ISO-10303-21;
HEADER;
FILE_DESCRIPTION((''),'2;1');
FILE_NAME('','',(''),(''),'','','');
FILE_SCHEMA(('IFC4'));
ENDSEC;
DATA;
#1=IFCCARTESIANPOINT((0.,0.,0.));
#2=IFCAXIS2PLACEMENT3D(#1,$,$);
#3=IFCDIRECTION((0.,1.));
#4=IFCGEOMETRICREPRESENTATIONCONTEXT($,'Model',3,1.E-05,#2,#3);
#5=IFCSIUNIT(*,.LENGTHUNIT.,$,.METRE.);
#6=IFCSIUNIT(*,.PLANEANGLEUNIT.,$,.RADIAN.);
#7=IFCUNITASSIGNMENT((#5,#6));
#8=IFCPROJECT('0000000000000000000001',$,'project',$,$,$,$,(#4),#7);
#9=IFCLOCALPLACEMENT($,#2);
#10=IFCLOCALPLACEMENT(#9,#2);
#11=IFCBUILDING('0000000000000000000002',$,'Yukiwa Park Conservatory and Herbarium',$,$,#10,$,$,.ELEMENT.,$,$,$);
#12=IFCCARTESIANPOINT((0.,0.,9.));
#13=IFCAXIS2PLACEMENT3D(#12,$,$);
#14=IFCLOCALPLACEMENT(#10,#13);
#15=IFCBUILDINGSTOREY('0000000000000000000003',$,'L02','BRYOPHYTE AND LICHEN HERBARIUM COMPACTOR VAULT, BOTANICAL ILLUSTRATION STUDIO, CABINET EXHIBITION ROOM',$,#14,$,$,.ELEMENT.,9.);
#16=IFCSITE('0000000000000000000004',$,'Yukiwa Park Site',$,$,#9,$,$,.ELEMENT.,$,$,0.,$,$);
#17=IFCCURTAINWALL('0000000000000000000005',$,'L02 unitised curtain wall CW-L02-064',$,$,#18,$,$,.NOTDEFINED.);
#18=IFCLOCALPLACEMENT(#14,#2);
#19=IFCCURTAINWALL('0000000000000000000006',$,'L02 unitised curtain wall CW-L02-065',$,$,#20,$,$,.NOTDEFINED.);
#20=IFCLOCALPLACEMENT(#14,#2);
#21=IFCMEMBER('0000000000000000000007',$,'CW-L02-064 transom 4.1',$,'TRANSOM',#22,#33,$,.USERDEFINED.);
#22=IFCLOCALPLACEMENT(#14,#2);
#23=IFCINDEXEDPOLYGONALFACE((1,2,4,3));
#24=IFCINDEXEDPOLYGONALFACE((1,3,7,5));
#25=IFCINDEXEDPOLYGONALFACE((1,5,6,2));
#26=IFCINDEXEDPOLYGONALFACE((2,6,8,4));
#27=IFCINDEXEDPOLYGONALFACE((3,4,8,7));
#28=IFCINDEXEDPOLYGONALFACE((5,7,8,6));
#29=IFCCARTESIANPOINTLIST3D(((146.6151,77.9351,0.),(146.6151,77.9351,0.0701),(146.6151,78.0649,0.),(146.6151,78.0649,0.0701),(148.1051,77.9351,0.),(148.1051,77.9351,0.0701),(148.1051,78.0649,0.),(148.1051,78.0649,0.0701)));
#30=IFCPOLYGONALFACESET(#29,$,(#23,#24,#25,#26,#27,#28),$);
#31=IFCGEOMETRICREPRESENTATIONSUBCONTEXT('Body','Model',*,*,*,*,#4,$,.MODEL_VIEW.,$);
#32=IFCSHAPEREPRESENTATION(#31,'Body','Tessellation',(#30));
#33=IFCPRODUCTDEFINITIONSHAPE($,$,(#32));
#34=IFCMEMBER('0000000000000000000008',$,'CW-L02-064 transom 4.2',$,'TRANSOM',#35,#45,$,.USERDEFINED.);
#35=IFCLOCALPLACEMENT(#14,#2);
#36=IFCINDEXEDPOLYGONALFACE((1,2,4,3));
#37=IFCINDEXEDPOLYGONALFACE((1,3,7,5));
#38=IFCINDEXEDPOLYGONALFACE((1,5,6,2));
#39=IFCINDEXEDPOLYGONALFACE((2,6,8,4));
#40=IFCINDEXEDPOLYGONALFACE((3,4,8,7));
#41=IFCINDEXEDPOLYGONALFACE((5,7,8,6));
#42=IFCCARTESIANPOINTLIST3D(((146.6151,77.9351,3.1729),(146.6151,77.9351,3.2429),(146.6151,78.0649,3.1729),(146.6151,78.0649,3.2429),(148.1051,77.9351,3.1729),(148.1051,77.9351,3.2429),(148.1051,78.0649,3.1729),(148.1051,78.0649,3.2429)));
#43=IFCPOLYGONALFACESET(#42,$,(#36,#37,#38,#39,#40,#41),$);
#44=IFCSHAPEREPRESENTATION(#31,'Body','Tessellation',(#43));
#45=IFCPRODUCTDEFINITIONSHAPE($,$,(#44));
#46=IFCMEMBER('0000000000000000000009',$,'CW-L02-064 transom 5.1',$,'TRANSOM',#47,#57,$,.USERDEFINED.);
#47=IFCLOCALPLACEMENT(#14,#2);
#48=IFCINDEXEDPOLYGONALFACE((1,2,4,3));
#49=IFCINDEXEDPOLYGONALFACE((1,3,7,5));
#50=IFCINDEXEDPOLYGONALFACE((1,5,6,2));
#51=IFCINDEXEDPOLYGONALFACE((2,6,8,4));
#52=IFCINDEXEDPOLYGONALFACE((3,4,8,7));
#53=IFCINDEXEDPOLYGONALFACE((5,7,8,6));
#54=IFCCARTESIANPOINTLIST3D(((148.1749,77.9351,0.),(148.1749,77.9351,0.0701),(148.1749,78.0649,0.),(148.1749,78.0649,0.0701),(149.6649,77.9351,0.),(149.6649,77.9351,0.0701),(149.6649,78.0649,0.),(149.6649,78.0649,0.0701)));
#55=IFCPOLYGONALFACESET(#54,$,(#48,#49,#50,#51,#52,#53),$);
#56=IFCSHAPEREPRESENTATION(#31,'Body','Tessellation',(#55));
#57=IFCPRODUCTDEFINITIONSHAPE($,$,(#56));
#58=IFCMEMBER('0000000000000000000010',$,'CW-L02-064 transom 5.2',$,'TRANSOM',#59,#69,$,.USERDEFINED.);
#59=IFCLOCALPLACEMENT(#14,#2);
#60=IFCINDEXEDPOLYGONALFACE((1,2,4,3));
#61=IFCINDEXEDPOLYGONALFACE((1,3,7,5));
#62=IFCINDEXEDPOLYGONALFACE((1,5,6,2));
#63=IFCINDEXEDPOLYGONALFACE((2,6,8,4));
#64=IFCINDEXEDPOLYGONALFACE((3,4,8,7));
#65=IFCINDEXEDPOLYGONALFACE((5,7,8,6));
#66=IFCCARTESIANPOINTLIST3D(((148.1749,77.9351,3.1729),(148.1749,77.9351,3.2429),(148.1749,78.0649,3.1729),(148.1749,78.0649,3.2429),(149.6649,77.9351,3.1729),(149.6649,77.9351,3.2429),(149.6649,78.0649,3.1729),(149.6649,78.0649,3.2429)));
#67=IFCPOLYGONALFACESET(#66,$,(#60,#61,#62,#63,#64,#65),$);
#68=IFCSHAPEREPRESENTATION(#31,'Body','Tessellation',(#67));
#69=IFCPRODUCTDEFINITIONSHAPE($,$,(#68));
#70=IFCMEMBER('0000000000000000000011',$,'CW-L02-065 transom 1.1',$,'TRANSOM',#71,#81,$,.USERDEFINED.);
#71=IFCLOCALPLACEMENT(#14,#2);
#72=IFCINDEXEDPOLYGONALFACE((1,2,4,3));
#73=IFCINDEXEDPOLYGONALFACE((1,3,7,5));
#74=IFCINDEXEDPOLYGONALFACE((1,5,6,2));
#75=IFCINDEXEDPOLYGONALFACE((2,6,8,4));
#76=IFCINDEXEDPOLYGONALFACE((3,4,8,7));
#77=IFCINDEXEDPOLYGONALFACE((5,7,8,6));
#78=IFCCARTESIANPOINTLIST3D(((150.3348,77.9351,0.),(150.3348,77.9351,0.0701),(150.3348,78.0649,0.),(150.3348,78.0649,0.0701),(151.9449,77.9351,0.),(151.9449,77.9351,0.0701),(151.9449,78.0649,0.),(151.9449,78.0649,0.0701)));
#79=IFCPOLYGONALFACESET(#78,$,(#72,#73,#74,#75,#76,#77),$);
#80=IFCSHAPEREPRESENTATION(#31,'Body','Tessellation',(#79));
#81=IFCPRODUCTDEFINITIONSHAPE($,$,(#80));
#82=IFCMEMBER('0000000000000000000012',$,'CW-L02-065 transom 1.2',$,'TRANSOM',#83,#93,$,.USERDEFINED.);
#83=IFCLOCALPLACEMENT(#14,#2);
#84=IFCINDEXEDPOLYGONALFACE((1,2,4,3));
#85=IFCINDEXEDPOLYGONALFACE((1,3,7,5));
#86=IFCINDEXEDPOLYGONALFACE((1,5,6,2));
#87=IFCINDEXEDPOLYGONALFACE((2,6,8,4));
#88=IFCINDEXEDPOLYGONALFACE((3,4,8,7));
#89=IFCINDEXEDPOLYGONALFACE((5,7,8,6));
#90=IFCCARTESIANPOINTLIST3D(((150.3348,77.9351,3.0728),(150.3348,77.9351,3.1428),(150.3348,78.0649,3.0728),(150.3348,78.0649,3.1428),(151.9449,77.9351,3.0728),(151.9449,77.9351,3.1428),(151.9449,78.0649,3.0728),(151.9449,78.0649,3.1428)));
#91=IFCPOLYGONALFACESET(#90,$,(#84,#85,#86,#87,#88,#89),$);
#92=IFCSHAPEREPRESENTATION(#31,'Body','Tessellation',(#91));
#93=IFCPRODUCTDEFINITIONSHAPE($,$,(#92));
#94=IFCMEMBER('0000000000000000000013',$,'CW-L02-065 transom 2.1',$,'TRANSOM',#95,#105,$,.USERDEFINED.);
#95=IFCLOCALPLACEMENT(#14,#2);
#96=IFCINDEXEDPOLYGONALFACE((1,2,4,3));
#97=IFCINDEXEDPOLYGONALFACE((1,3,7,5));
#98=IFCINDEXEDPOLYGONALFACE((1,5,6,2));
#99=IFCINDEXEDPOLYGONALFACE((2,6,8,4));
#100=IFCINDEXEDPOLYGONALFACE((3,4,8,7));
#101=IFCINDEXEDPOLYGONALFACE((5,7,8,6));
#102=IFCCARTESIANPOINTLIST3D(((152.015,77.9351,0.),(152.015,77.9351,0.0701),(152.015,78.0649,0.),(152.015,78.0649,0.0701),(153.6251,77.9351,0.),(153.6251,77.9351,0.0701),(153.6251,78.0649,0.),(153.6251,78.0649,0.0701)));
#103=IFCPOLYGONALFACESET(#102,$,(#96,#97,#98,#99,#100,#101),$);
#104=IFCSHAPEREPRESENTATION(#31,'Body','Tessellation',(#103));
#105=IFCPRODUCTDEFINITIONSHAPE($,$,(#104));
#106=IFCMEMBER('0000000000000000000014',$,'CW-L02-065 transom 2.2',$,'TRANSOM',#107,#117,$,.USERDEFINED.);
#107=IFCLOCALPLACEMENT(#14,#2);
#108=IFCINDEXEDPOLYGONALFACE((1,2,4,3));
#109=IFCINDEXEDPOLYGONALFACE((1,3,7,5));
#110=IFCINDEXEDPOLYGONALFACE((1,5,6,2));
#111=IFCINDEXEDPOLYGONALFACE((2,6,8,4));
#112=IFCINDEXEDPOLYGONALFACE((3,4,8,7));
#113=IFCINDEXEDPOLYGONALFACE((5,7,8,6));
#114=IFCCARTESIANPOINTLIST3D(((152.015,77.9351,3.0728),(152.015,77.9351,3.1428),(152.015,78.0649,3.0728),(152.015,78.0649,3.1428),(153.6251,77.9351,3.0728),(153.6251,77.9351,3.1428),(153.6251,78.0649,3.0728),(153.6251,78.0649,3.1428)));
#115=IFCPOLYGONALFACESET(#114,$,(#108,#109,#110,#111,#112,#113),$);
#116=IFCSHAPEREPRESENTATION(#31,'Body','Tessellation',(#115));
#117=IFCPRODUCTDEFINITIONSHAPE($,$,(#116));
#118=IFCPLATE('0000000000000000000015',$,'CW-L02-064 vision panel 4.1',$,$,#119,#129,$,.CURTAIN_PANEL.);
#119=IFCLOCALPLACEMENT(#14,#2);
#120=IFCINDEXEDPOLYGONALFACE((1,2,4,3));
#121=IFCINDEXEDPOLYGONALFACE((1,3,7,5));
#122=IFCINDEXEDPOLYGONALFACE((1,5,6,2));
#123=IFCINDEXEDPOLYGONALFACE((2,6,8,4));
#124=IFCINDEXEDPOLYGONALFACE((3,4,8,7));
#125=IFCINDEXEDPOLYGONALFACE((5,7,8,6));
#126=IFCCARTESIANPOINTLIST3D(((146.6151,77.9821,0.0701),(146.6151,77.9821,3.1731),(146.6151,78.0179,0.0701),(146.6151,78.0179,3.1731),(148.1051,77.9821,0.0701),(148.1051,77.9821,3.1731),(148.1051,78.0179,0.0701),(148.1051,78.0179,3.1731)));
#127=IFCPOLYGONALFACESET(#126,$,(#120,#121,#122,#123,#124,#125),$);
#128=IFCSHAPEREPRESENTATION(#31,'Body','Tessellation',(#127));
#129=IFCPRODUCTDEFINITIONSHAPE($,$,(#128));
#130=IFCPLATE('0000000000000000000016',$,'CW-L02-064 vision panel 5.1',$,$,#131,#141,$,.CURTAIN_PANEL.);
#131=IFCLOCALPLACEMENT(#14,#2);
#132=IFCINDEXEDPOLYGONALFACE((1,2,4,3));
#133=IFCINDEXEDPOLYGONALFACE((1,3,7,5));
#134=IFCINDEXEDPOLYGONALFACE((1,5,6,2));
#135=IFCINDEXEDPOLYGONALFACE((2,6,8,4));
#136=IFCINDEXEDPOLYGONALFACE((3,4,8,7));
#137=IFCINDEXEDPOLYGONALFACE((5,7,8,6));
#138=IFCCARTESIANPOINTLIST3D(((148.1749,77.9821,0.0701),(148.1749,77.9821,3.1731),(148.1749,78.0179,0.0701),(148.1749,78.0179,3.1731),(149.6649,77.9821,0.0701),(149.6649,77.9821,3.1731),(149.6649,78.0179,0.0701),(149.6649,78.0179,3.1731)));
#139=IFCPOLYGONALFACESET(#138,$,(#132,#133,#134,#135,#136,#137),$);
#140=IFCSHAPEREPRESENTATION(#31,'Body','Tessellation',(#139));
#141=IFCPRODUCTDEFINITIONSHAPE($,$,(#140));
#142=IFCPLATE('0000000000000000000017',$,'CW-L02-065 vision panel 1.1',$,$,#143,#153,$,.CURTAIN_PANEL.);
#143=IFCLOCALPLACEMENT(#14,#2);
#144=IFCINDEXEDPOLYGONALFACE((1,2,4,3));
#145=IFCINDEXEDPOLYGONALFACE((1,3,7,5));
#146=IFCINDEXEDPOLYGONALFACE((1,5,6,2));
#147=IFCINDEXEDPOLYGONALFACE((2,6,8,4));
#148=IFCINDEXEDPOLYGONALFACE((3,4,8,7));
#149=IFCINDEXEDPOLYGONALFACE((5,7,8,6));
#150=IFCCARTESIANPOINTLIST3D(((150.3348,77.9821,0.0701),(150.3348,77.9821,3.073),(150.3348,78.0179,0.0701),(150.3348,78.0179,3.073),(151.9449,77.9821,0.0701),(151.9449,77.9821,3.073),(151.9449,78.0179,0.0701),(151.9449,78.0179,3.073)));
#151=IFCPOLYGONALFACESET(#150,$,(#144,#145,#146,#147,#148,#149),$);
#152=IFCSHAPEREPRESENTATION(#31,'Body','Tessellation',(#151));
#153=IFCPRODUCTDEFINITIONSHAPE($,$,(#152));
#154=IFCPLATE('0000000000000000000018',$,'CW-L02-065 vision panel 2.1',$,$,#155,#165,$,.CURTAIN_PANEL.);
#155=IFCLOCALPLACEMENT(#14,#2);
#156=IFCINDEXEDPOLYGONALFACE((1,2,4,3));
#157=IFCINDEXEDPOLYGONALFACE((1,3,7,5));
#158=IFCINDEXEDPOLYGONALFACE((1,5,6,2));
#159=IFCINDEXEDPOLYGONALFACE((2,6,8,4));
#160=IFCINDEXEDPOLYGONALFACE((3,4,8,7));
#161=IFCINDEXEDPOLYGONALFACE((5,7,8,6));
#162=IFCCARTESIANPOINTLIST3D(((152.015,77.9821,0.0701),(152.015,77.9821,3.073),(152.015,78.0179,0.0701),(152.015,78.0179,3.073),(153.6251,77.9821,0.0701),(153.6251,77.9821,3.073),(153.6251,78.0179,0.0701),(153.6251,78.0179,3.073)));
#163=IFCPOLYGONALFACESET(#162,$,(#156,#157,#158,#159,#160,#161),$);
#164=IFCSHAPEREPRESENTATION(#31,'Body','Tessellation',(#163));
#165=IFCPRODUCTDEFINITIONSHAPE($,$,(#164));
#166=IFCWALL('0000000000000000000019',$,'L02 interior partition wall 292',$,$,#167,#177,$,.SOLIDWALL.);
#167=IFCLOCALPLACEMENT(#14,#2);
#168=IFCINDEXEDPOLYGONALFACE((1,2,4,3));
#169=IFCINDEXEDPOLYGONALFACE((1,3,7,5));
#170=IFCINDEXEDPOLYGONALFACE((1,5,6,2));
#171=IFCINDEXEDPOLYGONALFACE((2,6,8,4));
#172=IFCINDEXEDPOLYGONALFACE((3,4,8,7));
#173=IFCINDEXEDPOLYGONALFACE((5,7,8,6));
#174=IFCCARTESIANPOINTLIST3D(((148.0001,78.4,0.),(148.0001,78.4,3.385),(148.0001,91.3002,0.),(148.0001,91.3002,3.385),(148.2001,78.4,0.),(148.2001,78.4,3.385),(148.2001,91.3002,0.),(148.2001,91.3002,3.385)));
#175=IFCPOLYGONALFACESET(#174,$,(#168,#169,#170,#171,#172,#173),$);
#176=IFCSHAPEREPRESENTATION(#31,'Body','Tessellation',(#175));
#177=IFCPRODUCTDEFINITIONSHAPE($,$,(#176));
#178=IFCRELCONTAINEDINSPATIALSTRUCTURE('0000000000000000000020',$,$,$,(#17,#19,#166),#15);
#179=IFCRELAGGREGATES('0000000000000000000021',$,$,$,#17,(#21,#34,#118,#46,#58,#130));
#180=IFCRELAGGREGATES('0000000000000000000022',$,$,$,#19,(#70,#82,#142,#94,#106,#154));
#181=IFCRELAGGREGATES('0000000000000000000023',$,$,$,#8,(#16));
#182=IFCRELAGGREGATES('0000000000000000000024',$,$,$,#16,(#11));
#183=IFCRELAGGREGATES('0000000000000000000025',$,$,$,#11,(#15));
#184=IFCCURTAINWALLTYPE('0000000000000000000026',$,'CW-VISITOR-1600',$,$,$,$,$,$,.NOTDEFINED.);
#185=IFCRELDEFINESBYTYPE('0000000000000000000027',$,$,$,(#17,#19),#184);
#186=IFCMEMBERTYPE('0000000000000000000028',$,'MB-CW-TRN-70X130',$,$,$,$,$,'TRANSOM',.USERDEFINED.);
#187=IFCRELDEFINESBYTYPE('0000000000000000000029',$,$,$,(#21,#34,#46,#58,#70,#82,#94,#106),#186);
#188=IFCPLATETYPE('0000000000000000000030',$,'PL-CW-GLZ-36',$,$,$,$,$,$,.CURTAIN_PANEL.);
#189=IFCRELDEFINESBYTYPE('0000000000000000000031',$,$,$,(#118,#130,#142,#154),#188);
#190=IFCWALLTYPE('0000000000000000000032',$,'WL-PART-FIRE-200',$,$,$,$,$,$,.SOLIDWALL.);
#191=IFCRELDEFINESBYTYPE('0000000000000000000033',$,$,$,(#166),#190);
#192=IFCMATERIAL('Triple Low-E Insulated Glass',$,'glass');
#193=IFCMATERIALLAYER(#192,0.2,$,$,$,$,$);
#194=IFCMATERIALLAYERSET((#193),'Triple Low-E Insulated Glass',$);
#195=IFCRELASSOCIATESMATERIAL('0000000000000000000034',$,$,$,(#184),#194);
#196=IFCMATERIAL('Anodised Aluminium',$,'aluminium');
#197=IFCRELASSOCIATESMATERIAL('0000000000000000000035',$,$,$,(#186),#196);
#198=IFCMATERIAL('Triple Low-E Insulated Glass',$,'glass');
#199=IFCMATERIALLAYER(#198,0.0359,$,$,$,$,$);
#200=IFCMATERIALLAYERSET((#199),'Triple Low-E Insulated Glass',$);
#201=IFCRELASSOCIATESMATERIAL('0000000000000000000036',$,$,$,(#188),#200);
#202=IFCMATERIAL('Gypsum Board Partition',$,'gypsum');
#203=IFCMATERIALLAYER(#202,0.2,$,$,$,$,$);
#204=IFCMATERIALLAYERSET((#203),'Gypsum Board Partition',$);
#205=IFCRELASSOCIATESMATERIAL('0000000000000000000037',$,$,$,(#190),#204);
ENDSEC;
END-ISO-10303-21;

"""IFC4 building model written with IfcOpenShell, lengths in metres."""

from ifc_helpers import new_model, si_unit, direction, frame, frame_2d, origin, origin_2d, place, context, subcontext, project, spatial, rectangle, extrude, material, layer, layer_set, type_object, element, aggregate, save


model = new_model("IFC4")

# Units and contexts
model_context = context("Model", 3, precision=1e-05, world=origin(), true_north=direction((0.0, 1.0)))
body_context = subcontext(model_context, "Body", "Model", "MODEL_VIEW")
ifc_project = project(units=[si_unit("LENGTHUNIT", "METRE"), si_unit("PLANEANGLEUNIT", "RADIAN")], contexts=[model_context])

# Site, building, storey
site_placement = place(None, origin())
site = spatial("IfcSite", under=ifc_project, at=site_placement, Name="Yukiwa Park Site", CompositionType="ELEMENT", RefElevation=0.0)
building_placement = place(site_placement, origin())
building = spatial("IfcBuilding", under=site, at=building_placement, Name="Yukiwa Park Conservatory and Herbarium", CompositionType="ELEMENT")
storey_placement = place(building_placement, frame((0.0, 0.0, 9.0)))
storey = spatial("IfcBuildingStorey", under=building, at=storey_placement, Name="L02", Description="BRYOPHYTE AND LICHEN HERBARIUM COMPACTOR VAULT, BOTANICAL ILLUSTRATION STUDIO, CABINET EXHIBITION ROOM", CompositionType="ELEMENT", Elevation=9.0)

# Curtain walls
ifc_material_1 = material(Name="Triple Low-E Insulated Glass", Category="glass")
ifc_layer_1 = layer(ifc_material_1, 0.2)
ifc_layer_set_1 = layer_set([ifc_layer_1], Name="Triple Low-E Insulated Glass")
curtain_wall_type = type_object("IfcCurtainWallType", Name="CW-VISITOR-1600", PredefinedType="NOTDEFINED", material=ifc_layer_set_1)
curtain_wall_1_placement = place(storey_placement, origin())
curtain_wall_1 = element("IfcCurtainWall", 1, at=curtain_wall_1_placement, inside=storey, type_object=curtain_wall_type, Name="L02 unitised curtain wall CW-L02-064", PredefinedType="NOTDEFINED")
curtain_wall_2_placement = place(storey_placement, origin())
curtain_wall_2 = element("IfcCurtainWall", 2, at=curtain_wall_2_placement, inside=storey, type_object=curtain_wall_type, Name="L02 unitised curtain wall CW-L02-065", PredefinedType="NOTDEFINED")

# Members
ifc_material_2 = material(Name="Anodised Aluminium", Category="aluminium")
member_type_1 = type_object("IfcMemberType", Name="MB-CW-TRN-70X130", ElementType="TRANSOM", PredefinedType="USERDEFINED", material=ifc_material_2)
member_1_placement = place(storey_placement, frame((147.3601, 78.0, 0.0), z_axis=(0.0, 0.0, 1.0), x_axis=(1.0, 0.0, 0.0)))
member_1 = element("IfcMember", 3, at=member_1_placement, type_object=member_type_1, Name="CW-L02-064 transom 4.1", ObjectType="TRANSOM", PredefinedType="USERDEFINED", context=body_context, shape_type="SweptSolid", body=[
    extrude(rectangle(XDim=1.49, YDim=0.1299, at=origin_2d()), origin(), (0.0, 0.0, 1.0), 0.0701),
])
member_2_placement = place(storey_placement, frame((147.3601, 78.0, 3.1729), z_axis=(0.0, 0.0, 1.0), x_axis=(1.0, 0.0, 0.0)))
member_2 = element("IfcMember", 4, at=member_2_placement, type_object=member_type_1, Name="CW-L02-064 transom 4.2", ObjectType="TRANSOM", PredefinedType="USERDEFINED", context=body_context, shape_type="SweptSolid", body=[
    extrude(rectangle(XDim=1.49, YDim=0.1299, at=origin_2d()), origin(), (0.0, 0.0, 1.0), 0.0701),
])
member_3_placement = place(storey_placement, frame((148.9199, 78.0, 0.0), z_axis=(0.0, 0.0, 1.0), x_axis=(1.0, 0.0, 0.0)))
member_3 = element("IfcMember", 5, at=member_3_placement, type_object=member_type_1, Name="CW-L02-064 transom 5.1", ObjectType="TRANSOM", PredefinedType="USERDEFINED", context=body_context, shape_type="SweptSolid", body=[
    extrude(rectangle(XDim=1.49, YDim=0.1299, at=origin_2d()), origin(), (0.0, 0.0, 1.0), 0.0701),
])
member_4_placement = place(storey_placement, frame((148.9199, 78.0, 3.1729), z_axis=(0.0, 0.0, 1.0), x_axis=(1.0, 0.0, 0.0)))
member_4 = element("IfcMember", 6, at=member_4_placement, type_object=member_type_1, Name="CW-L02-064 transom 5.2", ObjectType="TRANSOM", PredefinedType="USERDEFINED", context=body_context, shape_type="SweptSolid", body=[
    extrude(rectangle(XDim=1.49, YDim=0.1299, at=origin_2d()), origin(), (0.0, 0.0, 1.0), 0.0701),
])
member_5_placement = place(storey_placement, frame((151.1399, 78.0, 0.0), z_axis=(0.0, 0.0, 1.0), x_axis=(1.0, 0.0, 0.0)))
member_5 = element("IfcMember", 7, at=member_5_placement, type_object=member_type_1, Name="CW-L02-065 transom 1.1", ObjectType="TRANSOM", PredefinedType="USERDEFINED", context=body_context, shape_type="SweptSolid", body=[
    extrude(rectangle(XDim=1.6101, YDim=0.1299, at=origin_2d()), origin(), (0.0, 0.0, 1.0), 0.0701),
])
member_6_placement = place(storey_placement, frame((151.1399, 78.0, 3.0728), z_axis=(0.0, 0.0, 1.0), x_axis=(1.0, 0.0, 0.0)))
member_6 = element("IfcMember", 8, at=member_6_placement, type_object=member_type_1, Name="CW-L02-065 transom 1.2", ObjectType="TRANSOM", PredefinedType="USERDEFINED", context=body_context, shape_type="SweptSolid", body=[
    extrude(rectangle(XDim=1.6101, YDim=0.1299, at=origin_2d()), origin(), (0.0, 0.0, 1.0), 0.0701),
])
member_7_placement = place(storey_placement, frame((152.8201, 78.0, 0.0), z_axis=(0.0, 0.0, 1.0), x_axis=(1.0, 0.0, 0.0)))
member_7 = element("IfcMember", 9, at=member_7_placement, type_object=member_type_1, Name="CW-L02-065 transom 2.1", ObjectType="TRANSOM", PredefinedType="USERDEFINED", context=body_context, shape_type="SweptSolid", body=[
    extrude(rectangle(XDim=1.6101, YDim=0.1299, at=origin_2d()), origin(), (0.0, 0.0, 1.0), 0.0701),
])
member_8_placement = place(storey_placement, frame((152.8201, 78.0, 3.0728), z_axis=(0.0, 0.0, 1.0), x_axis=(1.0, 0.0, 0.0)))
member_8 = element("IfcMember", 10, at=member_8_placement, type_object=member_type_1, Name="CW-L02-065 transom 2.2", ObjectType="TRANSOM", PredefinedType="USERDEFINED", context=body_context, shape_type="SweptSolid", body=[
    extrude(rectangle(XDim=1.6101, YDim=0.1299, at=origin_2d()), origin(), (0.0, 0.0, 1.0), 0.0701),
])

# Plates
ifc_material_3 = material(Name="Triple Low-E Insulated Glass", Category="glass")
ifc_layer_2 = layer(ifc_material_3, 0.0359)
ifc_layer_set_2 = layer_set([ifc_layer_2], Name="Triple Low-E Insulated Glass")
plate_type = type_object("IfcPlateType", Name="PL-CW-GLZ-36", PredefinedType="CURTAIN_PANEL", material=ifc_layer_set_2)
plate_1_placement = place(storey_placement, frame((147.3601, 78.0, 0.0701), z_axis=(0.0, 0.0, 1.0), x_axis=(1.0, 0.0, 0.0)))
plate_1 = element("IfcPlate", 11, at=plate_1_placement, type_object=plate_type, Name="CW-L02-064 vision panel 4.1", PredefinedType="CURTAIN_PANEL", context=body_context, shape_type="SweptSolid", body=[
    extrude(rectangle(XDim=1.49, YDim=0.0359, at=origin_2d()), origin(), (0.0, 0.0, 1.0), 3.103),
])
plate_2_placement = place(storey_placement, frame((148.9199, 78.0, 0.0701), z_axis=(0.0, 0.0, 1.0), x_axis=(1.0, 0.0, 0.0)))
plate_2 = element("IfcPlate", 12, at=plate_2_placement, type_object=plate_type, Name="CW-L02-064 vision panel 5.1", PredefinedType="CURTAIN_PANEL", context=body_context, shape_type="SweptSolid", body=[
    extrude(rectangle(XDim=1.49, YDim=0.0359, at=origin_2d()), origin(), (0.0, 0.0, 1.0), 3.103),
])
aggregate(curtain_wall_1, [member_1, member_2, plate_1, member_3, member_4, plate_2])
plate_3_placement = place(storey_placement, frame((151.1399, 78.0, 0.0701), z_axis=(0.0, 0.0, 1.0), x_axis=(1.0, 0.0, 0.0)))
plate_3 = element("IfcPlate", 13, at=plate_3_placement, type_object=plate_type, Name="CW-L02-065 vision panel 1.1", PredefinedType="CURTAIN_PANEL", context=body_context, shape_type="SweptSolid", body=[
    extrude(rectangle(XDim=1.6101, YDim=0.0359, at=origin_2d()), origin(), (0.0, 0.0, 1.0), 3.0029),
])
plate_4_placement = place(storey_placement, frame((152.8201, 78.0, 0.0701), z_axis=(0.0, 0.0, 1.0), x_axis=(1.0, 0.0, 0.0)))
plate_4 = element("IfcPlate", 14, at=plate_4_placement, type_object=plate_type, Name="CW-L02-065 vision panel 2.1", PredefinedType="CURTAIN_PANEL", context=body_context, shape_type="SweptSolid", body=[
    extrude(rectangle(XDim=1.6101, YDim=0.0359, at=origin_2d()), origin(), (0.0, 0.0, 1.0), 3.0029),
])
aggregate(curtain_wall_2, [member_5, member_6, plate_3, member_7, member_8, plate_4])

# Wall
ifc_material_4 = material(Name="Gypsum Board Partition", Category="gypsum")
ifc_layer_3 = layer(ifc_material_4, 0.2)
ifc_layer_set_3 = layer_set([ifc_layer_3], Name="Gypsum Board Partition")
wall_type = type_object("IfcWallType", Name="WL-PART-FIRE-200", PredefinedType="SOLIDWALL", material=ifc_layer_set_3)
wall_placement = place(storey_placement, frame((148.1001, 78.3999, 0.0), z_axis=(0.0, 0.0, 1.0), x_axis=(0.0, 1.0, 0.0)))
element("IfcWall", 15, at=wall_placement, inside=storey, type_object=wall_type, Name="L02 interior partition wall 292", PredefinedType="SOLIDWALL", context=body_context, shape_type="SweptSolid", body=[
    extrude(rectangle(XDim=12.9001, YDim=0.2, at=frame_2d((6.4502, 0.0))), origin(), (0.0, 0.0, 1.0), 3.385),
])

save(model, "model.ifc")
